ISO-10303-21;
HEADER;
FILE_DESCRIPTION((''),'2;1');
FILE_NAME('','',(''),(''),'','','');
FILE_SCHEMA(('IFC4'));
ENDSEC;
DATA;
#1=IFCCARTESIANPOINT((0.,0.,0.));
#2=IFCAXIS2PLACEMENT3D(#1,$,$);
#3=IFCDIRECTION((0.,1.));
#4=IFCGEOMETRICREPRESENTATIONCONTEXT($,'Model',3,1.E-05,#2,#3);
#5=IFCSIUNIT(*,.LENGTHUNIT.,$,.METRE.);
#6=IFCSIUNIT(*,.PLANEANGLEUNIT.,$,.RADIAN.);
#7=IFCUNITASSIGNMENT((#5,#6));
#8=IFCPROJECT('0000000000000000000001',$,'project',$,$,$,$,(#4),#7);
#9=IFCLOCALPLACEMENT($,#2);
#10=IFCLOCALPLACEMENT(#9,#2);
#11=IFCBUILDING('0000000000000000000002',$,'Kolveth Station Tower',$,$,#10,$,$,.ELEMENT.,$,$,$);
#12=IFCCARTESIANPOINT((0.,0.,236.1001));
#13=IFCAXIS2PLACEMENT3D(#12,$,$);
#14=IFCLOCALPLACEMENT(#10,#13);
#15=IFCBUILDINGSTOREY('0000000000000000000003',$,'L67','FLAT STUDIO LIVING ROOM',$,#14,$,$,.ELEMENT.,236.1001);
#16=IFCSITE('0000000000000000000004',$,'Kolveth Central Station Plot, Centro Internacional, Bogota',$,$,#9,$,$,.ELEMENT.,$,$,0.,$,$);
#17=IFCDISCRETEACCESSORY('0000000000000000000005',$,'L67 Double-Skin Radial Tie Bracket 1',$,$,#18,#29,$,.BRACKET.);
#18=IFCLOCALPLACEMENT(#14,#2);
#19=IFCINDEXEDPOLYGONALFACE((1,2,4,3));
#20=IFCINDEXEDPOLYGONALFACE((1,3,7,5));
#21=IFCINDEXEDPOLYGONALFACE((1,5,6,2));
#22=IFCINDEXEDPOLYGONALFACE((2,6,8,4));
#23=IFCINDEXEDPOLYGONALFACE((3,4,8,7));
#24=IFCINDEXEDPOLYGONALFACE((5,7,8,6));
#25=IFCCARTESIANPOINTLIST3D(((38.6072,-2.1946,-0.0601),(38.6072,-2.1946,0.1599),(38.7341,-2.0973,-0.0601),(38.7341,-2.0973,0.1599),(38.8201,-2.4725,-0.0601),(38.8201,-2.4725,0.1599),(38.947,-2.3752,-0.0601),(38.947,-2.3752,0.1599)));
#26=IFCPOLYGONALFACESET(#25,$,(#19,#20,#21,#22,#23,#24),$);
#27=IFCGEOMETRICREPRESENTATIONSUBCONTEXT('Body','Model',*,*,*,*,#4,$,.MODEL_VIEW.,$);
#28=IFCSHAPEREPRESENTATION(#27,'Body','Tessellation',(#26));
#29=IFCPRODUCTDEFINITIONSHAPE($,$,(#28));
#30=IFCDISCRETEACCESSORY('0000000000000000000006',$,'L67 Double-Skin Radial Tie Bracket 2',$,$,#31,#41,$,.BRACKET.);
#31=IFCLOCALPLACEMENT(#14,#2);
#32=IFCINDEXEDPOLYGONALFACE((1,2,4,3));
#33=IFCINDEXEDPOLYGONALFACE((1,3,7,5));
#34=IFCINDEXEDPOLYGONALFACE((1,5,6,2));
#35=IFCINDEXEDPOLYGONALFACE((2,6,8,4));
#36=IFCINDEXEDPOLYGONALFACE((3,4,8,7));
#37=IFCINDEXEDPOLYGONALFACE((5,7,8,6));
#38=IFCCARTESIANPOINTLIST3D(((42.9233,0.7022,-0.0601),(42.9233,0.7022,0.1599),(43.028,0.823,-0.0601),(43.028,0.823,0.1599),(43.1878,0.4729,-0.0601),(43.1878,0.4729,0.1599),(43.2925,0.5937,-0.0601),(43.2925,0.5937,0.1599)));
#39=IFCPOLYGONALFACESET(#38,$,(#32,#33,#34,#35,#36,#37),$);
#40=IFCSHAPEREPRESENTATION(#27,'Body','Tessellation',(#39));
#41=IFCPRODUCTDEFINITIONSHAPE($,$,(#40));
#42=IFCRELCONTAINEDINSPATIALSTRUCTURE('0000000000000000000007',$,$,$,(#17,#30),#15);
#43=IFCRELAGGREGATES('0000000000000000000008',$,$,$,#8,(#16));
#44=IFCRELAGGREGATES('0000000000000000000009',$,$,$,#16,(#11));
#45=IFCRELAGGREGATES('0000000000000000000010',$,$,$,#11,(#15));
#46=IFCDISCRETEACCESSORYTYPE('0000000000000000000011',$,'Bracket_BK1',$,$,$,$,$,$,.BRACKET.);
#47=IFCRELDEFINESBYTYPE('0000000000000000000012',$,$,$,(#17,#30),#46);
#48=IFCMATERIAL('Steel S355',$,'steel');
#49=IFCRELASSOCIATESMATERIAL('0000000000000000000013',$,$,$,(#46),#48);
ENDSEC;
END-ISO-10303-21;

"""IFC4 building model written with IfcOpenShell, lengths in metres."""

from ifc_helpers import new_model, si_unit, direction, frame, origin, origin_2d, place, context, subcontext, project, spatial, rectangle, extrude, source, transform, mapped, material, type_object, element, save


model = new_model("IFC4")

# Units and contexts
model_context = context("Model", 3, precision=1e-05, world=origin(), true_north=direction((0.0, 1.0)))
body_context = subcontext(model_context, "Body", "Model", "MODEL_VIEW")
ifc_project = project(units=[si_unit("LENGTHUNIT", "METRE"), si_unit("PLANEANGLEUNIT", "RADIAN")], contexts=[model_context])

# Site, building, storey
site_placement = place(None, origin())
site = spatial("IfcSite", under=ifc_project, at=site_placement, Name="Kolveth Central Station Plot, Centro Internacional, Bogota", CompositionType="ELEMENT", RefElevation=0.0)
building_placement = place(site_placement, origin())
building = spatial("IfcBuilding", under=site, at=building_placement, Name="Kolveth Station Tower", CompositionType="ELEMENT")
storey_placement = place(building_placement, frame((0.0, 0.0, 236.1001)))
storey = spatial("IfcBuildingStorey", under=building, at=storey_placement, Name="L67", Description="FLAT STUDIO LIVING ROOM", CompositionType="ELEMENT", Elevation=236.1001)

# Discrete accessories
ifc_material_1 = material(Name="Steel S355", Category="steel")
discrete_accessory_type = type_object("IfcDiscreteAccessoryType", Name="Bracket_BK1", PredefinedType="BRACKET", material=ifc_material_1)
shared_shape_1 = source(origin(), body_context, "Body", "SweptSolid", [
    extrude(rectangle(XDim=0.3501, YDim=0.1599, at=origin_2d()), origin(), (0.0, 0.0, 1.0), 0.22),
])
for number, where, z_axis, x_axis, name in (
    (1, (38.7771, -2.2849, -0.0601), (0.0, 0.0, 1.0), (0.608207, -0.793778, 0.0), "L67 Double-Skin Radial Tie Bracket 1"),
    (2, (43.1079, 0.6479, -0.0601), (0.0, 0.0, 1.0), (0.755511, -0.655136, 0.0), "L67 Double-Skin Radial Tie Bracket 2"),
):
    element("IfcDiscreteAccessory", number, at=place(storey_placement, frame(where, z_axis=z_axis, x_axis=x_axis)), inside=storey, type_object=discrete_accessory_type, Name=name, PredefinedType="BRACKET", context=body_context, shape_type="MappedRepresentation", body=[
        mapped(shared_shape_1, transform((0.0, 0.0, 0.0), x_axis=(1.0, 0.0, 0.0), y_axis=(0.0, 1.0, 0.0), z_axis=(0.0, 0.0, 1.0), scale=1.0)),
    ])

save(model, "model.ifc")
